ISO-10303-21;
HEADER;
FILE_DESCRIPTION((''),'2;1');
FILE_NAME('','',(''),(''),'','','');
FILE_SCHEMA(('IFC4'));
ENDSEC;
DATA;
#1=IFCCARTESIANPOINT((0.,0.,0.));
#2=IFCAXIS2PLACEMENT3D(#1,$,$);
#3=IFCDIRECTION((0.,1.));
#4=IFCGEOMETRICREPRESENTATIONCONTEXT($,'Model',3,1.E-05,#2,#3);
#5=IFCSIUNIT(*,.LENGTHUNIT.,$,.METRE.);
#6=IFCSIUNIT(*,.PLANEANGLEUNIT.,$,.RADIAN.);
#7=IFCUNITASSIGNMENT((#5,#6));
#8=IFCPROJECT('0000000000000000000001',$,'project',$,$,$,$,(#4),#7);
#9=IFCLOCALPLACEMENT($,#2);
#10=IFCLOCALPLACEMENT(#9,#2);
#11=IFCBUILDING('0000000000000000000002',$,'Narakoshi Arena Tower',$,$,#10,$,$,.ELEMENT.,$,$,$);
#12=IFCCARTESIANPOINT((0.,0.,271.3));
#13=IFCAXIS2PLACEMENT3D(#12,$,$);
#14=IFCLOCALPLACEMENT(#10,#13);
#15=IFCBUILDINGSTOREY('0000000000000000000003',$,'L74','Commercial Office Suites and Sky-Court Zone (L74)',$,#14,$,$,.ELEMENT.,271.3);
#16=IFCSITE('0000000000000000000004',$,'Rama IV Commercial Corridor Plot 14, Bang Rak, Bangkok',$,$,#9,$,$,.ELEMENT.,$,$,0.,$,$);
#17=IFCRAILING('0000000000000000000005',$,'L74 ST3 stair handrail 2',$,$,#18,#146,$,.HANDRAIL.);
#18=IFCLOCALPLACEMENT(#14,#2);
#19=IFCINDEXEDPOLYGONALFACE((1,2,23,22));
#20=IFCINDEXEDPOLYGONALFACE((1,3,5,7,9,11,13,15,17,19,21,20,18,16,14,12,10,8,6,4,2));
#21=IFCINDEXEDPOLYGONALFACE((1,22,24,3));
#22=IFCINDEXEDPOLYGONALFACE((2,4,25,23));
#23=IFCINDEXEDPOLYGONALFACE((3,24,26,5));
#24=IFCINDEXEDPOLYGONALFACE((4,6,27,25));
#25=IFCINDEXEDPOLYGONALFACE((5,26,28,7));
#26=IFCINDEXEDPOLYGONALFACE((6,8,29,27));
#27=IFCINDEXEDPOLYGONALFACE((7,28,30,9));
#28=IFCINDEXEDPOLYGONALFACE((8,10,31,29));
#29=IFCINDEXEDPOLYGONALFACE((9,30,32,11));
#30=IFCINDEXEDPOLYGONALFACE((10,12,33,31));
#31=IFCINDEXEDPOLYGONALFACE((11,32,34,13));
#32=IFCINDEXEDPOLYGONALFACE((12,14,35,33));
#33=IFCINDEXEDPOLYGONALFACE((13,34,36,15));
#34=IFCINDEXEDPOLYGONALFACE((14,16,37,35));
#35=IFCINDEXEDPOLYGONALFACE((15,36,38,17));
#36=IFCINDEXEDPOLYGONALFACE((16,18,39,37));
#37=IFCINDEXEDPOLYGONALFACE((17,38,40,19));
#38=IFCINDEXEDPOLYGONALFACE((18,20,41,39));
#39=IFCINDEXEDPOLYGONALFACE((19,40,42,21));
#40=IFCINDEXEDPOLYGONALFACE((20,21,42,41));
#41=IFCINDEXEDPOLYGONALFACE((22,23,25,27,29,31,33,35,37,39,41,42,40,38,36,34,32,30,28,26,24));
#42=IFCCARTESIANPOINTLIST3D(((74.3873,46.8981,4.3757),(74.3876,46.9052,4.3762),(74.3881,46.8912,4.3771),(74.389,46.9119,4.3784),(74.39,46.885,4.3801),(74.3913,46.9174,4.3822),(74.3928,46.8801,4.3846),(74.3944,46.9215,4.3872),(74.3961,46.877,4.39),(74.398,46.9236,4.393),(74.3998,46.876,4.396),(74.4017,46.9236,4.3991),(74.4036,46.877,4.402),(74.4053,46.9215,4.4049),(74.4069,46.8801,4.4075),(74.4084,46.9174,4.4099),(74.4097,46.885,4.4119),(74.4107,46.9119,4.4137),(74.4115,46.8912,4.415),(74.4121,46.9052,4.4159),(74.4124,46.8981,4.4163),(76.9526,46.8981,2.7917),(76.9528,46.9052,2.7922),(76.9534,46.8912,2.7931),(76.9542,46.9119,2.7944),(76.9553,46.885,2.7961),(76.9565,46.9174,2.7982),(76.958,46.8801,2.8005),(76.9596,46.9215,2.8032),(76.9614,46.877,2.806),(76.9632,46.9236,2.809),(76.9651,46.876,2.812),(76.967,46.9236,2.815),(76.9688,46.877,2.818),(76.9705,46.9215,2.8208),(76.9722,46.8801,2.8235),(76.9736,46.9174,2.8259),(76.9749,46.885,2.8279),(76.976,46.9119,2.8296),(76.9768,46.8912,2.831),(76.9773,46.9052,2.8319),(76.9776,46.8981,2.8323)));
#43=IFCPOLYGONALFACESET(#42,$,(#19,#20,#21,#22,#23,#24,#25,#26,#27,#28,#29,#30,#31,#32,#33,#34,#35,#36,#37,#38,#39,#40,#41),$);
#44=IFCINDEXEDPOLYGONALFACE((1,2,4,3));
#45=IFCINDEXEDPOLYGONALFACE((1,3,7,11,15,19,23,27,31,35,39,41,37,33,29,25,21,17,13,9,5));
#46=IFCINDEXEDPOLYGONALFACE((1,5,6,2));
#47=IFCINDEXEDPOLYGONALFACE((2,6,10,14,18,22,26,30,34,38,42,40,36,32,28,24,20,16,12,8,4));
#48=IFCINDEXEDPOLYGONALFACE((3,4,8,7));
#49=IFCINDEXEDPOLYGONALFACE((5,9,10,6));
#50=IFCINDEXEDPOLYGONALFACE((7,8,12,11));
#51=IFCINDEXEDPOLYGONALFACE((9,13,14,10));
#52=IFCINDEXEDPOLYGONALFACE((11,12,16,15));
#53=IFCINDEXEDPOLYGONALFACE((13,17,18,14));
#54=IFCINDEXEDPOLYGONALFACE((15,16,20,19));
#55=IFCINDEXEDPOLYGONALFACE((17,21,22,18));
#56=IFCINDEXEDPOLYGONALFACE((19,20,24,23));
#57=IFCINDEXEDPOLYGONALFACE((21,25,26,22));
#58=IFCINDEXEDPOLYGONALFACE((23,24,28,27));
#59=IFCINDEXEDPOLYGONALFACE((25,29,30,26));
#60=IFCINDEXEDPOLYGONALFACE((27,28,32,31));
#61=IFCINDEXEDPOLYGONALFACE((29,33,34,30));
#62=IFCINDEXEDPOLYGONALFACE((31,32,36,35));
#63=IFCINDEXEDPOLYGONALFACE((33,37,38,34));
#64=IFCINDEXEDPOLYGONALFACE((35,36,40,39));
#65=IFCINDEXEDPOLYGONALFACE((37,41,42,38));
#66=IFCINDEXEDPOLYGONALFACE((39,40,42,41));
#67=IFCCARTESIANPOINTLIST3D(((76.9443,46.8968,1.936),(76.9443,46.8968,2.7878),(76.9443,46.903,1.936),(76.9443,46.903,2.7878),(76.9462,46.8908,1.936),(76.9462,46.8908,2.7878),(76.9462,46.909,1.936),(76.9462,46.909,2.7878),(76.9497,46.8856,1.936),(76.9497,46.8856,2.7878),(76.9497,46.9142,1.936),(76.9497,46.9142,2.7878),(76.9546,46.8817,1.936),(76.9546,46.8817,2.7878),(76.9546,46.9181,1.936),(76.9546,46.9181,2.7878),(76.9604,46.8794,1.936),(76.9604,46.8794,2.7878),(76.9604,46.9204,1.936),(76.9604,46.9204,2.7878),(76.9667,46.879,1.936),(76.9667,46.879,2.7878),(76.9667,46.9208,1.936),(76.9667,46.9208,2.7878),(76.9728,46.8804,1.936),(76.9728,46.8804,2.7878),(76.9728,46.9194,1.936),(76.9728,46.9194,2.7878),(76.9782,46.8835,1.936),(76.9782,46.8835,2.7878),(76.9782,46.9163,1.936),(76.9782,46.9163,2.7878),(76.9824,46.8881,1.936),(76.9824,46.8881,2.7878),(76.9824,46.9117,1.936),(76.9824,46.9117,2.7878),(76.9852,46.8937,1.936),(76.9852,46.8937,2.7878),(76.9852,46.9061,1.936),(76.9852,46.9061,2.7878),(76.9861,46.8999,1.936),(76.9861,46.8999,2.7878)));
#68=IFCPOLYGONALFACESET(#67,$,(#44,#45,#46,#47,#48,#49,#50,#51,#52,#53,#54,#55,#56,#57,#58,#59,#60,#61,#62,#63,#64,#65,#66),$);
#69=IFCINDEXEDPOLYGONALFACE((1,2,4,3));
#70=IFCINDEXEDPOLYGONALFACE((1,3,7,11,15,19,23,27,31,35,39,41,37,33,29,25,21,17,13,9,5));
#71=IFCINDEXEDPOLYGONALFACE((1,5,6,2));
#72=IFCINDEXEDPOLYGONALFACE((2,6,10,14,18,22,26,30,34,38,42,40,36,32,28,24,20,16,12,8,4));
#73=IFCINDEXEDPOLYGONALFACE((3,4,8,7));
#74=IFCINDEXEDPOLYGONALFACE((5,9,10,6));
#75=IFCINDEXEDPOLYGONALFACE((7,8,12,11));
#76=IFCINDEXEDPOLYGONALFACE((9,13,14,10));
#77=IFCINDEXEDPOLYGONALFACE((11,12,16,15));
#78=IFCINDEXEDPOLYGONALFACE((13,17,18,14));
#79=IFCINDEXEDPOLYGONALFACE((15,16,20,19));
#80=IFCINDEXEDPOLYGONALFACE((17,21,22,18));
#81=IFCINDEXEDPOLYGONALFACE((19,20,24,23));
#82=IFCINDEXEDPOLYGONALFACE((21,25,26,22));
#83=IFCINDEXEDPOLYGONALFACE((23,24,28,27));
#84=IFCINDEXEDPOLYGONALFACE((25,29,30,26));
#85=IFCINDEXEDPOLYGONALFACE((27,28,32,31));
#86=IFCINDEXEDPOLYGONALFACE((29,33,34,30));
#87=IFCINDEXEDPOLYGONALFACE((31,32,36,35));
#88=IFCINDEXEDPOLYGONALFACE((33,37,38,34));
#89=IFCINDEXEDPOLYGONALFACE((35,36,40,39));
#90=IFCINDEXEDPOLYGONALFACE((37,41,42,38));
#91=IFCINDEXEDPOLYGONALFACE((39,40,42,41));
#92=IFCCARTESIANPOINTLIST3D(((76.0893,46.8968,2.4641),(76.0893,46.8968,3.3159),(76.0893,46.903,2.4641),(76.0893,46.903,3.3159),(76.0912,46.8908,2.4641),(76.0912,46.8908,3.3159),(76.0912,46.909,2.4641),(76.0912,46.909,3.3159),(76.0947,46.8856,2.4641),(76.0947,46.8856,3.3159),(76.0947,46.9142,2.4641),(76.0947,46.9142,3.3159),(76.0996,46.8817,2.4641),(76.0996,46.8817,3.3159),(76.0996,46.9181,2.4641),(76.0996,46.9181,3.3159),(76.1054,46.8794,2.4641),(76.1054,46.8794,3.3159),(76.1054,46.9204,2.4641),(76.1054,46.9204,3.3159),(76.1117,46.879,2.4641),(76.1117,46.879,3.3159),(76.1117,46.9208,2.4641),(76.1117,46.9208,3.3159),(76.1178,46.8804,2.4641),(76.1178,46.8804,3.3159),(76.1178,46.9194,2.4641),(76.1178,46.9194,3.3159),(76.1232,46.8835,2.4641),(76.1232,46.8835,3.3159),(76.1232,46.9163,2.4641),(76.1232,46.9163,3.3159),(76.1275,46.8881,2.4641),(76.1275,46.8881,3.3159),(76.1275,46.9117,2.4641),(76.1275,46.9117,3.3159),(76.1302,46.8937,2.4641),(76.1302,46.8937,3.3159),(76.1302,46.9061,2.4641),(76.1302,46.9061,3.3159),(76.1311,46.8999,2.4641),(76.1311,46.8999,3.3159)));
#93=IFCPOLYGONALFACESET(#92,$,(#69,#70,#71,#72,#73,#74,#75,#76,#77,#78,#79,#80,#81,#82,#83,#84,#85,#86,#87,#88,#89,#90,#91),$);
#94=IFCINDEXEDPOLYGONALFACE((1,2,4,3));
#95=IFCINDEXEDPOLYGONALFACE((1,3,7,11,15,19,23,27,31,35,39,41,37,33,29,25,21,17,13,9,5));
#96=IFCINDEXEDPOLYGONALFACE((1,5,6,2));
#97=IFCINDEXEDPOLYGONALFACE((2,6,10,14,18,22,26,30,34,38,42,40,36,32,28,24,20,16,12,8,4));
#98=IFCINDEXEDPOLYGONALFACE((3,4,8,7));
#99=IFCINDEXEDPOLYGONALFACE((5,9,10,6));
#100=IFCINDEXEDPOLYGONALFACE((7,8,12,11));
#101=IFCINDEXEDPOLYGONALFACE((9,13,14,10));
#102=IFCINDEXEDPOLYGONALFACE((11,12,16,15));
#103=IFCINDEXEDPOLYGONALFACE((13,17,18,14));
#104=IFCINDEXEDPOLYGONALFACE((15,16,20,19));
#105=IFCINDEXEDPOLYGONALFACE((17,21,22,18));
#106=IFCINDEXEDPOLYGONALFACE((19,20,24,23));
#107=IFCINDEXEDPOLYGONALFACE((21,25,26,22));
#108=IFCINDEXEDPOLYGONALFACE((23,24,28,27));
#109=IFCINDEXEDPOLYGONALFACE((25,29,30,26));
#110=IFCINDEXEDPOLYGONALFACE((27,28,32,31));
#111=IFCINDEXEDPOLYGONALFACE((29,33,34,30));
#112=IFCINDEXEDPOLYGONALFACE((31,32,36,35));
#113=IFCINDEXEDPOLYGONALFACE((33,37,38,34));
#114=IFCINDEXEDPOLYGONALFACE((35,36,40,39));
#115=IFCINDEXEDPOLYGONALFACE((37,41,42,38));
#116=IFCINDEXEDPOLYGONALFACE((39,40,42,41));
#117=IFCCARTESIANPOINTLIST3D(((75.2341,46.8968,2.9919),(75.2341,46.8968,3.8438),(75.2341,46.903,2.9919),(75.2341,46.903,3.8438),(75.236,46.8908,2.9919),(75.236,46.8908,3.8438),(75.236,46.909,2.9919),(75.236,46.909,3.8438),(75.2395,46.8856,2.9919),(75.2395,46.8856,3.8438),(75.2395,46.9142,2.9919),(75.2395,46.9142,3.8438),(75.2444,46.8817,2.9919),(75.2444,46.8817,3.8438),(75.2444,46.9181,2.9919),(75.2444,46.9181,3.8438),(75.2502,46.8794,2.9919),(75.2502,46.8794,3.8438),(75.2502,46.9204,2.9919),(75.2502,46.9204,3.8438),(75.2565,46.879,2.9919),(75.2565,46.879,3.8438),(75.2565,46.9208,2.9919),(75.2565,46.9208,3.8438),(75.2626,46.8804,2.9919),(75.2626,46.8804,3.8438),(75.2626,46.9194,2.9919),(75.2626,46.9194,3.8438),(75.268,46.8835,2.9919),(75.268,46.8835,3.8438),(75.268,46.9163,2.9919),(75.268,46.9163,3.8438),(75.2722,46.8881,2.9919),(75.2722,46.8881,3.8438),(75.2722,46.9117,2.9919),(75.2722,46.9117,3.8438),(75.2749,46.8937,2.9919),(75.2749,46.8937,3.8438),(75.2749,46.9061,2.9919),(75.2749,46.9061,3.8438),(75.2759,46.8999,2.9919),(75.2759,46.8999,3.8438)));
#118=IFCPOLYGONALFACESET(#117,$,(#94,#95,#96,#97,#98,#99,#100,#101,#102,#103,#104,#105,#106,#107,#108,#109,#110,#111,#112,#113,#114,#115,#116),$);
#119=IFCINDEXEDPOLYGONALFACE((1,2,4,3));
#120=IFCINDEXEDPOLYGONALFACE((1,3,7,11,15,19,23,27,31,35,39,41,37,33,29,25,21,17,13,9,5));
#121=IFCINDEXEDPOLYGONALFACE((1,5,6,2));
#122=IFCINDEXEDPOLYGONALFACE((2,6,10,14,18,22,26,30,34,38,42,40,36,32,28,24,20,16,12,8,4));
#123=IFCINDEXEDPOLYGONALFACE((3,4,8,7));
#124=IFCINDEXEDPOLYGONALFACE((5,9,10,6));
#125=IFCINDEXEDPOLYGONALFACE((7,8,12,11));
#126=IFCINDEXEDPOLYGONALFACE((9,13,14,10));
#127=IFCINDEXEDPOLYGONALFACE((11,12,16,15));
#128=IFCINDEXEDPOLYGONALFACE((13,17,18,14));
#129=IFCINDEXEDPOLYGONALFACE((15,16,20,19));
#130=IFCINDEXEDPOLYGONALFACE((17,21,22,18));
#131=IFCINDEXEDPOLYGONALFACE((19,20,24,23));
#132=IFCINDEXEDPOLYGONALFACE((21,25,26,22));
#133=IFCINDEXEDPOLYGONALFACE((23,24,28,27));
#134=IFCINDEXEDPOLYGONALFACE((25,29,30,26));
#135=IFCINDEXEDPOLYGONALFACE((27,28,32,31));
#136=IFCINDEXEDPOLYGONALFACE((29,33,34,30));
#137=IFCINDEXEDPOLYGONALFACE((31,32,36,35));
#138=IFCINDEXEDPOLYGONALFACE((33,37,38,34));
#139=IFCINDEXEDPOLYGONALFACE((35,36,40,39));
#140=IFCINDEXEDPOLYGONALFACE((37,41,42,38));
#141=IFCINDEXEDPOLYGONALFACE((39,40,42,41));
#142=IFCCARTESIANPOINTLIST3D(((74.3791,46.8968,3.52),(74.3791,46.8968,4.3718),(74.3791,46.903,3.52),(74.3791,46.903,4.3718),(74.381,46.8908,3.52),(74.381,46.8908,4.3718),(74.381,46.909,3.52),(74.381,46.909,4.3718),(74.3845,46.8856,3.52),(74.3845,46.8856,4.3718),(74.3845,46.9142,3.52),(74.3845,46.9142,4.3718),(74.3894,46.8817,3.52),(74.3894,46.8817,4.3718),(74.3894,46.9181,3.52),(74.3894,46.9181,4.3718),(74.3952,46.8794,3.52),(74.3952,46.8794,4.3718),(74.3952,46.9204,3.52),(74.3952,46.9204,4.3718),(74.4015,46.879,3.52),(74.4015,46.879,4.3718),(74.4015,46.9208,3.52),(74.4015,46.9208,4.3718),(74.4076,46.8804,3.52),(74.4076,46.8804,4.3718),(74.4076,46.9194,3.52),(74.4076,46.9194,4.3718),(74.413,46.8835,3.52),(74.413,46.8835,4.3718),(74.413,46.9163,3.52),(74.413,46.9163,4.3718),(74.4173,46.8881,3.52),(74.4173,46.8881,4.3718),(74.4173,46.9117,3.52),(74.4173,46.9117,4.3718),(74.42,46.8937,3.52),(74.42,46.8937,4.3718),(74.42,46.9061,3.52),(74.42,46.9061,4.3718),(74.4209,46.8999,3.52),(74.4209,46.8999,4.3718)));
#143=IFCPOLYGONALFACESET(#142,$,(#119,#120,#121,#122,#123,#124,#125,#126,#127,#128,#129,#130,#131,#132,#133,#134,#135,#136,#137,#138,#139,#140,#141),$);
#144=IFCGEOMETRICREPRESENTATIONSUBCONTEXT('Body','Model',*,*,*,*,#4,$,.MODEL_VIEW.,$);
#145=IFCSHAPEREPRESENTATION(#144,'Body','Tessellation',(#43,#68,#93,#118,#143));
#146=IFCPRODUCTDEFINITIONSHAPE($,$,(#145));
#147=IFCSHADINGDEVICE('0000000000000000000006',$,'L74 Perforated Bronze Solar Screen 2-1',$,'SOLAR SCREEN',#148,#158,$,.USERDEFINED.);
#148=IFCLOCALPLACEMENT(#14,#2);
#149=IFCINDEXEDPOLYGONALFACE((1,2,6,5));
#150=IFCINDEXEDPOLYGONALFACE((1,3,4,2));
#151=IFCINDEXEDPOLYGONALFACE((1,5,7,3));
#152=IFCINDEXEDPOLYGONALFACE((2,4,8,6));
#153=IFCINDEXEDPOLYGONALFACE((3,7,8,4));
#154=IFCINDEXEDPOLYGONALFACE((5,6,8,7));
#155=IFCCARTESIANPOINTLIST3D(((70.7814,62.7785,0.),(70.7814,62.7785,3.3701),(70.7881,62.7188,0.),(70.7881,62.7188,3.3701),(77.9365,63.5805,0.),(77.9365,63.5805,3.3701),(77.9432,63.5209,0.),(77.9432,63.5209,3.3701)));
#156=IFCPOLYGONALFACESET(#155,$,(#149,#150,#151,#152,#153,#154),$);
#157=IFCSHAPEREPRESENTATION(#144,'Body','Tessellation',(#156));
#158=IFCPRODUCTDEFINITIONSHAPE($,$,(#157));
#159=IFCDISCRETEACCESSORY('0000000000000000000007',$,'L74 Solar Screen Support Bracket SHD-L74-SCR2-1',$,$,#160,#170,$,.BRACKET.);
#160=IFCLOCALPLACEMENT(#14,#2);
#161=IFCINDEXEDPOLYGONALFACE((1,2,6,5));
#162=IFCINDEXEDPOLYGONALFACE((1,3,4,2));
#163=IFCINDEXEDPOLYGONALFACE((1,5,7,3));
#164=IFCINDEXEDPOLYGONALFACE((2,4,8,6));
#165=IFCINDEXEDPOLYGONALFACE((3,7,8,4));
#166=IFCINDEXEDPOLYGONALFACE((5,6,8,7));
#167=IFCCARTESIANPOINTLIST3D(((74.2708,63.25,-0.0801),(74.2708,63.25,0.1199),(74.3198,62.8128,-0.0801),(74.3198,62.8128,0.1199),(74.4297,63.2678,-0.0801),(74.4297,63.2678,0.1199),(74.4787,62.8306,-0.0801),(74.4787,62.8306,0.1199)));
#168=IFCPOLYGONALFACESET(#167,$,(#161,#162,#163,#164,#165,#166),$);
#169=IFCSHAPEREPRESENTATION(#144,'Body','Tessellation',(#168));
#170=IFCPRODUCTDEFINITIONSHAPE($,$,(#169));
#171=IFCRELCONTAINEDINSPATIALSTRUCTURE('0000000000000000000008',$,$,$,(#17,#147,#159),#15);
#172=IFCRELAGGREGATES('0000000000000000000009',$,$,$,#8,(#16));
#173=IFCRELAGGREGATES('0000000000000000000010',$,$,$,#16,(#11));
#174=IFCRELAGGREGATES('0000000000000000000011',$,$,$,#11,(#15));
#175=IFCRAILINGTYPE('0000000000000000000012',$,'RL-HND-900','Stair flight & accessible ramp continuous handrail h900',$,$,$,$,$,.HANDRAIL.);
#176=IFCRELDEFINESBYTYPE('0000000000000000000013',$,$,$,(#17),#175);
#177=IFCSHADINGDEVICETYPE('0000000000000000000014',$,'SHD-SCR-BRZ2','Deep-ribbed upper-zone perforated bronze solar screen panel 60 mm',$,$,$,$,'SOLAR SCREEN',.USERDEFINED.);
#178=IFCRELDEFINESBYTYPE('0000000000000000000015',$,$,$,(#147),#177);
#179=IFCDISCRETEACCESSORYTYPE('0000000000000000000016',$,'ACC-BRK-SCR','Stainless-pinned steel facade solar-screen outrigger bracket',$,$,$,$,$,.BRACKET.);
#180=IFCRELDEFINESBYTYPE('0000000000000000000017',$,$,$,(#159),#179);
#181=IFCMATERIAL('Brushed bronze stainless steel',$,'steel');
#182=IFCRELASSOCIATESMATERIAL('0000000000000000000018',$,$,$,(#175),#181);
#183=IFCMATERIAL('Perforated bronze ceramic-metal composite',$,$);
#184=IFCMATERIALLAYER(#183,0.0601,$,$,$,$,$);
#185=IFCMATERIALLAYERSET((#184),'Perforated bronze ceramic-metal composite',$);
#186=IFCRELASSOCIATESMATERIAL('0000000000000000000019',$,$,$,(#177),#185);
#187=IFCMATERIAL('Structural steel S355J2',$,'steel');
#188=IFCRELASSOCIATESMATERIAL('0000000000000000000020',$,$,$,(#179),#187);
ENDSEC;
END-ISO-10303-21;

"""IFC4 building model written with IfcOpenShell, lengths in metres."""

from ifc_helpers import new_model, si_unit, direction, frame, origin, origin_2d, place, context, subcontext, project, spatial, rectangle, circle, extrude, material, layer, layer_set, type_object, element, save


model = new_model("IFC4")

# Units and contexts
model_context = context("Model", 3, precision=1e-05, world=origin(), true_north=direction((0.0, 1.0)))
body_context = subcontext(model_context, "Body", "Model", "MODEL_VIEW")
ifc_project = project(units=[si_unit("LENGTHUNIT", "METRE"), si_unit("PLANEANGLEUNIT", "RADIAN")], contexts=[model_context])

# Site, building, storey
site_placement = place(None, origin())
site = spatial("IfcSite", under=ifc_project, at=site_placement, Name="Rama IV Commercial Corridor Plot 14, Bang Rak, Bangkok", CompositionType="ELEMENT", RefElevation=0.0)
building_placement = place(site_placement, origin())
building = spatial("IfcBuilding", under=site, at=building_placement, Name="Narakoshi Arena Tower", CompositionType="ELEMENT")
storey_placement = place(building_placement, frame((0.0, 0.0, 271.3)))
storey = spatial("IfcBuildingStorey", under=building, at=storey_placement, Name="L74", Description="Commercial Office Suites and Sky-Court Zone (L74)", CompositionType="ELEMENT", Elevation=271.3)

# Shared definitions
ifc_material_1 = material(Name="Structural steel S355J2", Category="steel")

# Shared definitions
ifc_material_2 = material(Name="Brushed bronze stainless steel", Category="steel")

# Railing
railing_type = type_object("IfcRailingType", Name="RL-HND-900", Description="Stair flight & accessible ramp continuous handrail h900", PredefinedType="HANDRAIL", material=ifc_material_2)
railing_placement = place(storey_placement, frame((76.9651, 46.8999, 1.936)))
element("IfcRailing", 1, at=railing_placement, inside=storey, type_object=railing_type, Name="L74 ST3 stair handrail 2", PredefinedType="HANDRAIL", context=body_context, shape_type="SweptSolid", body=[
    extrude(circle(Radius=0.0239, at=origin_2d()), frame((0.0, 0.0, 0.876), z_axis=(-0.850857, 0.0, 0.525398), x_axis=(0.0, -1.0, 0.0)), (0.0, 0.0, 1.0), 3.0149),
    extrude(circle(Radius=0.021, at=origin_2d()), origin(), (0.0, 0.0, 1.0), 0.8518),
    extrude(circle(Radius=0.021, at=origin_2d()), frame((-0.855, 0.0, 0.5281)), (0.0, 0.0, 1.0), 0.8518),
    extrude(circle(Radius=0.021, at=origin_2d()), frame((-1.7102, 0.0, 1.0559)), (0.0, 0.0, 1.0), 0.8518),
    extrude(circle(Radius=0.021, at=origin_2d()), frame((-2.5652, 0.0, 1.584)), (0.0, 0.0, 1.0), 0.8518),
])

# Shading device
ifc_material_3 = material(Name="Perforated bronze ceramic-metal composite")
ifc_layer_1 = layer(ifc_material_3, 0.0601)
ifc_layer_set_1 = layer_set([ifc_layer_1], Name="Perforated bronze ceramic-metal composite")
shading_device_type = type_object("IfcShadingDeviceType", Name="SHD-SCR-BRZ2", Description="Deep-ribbed upper-zone perforated bronze solar screen panel 60 mm", ElementType="SOLAR SCREEN", PredefinedType="USERDEFINED", material=ifc_layer_set_1)
shading_device_placement = place(storey_placement, frame((74.3623, 63.1497, 0.0), z_axis=(0.0, 0.0, 1.0), x_axis=(-0.993776, -0.1114, 0.0)))
element("IfcShadingDevice", 2, at=shading_device_placement, inside=storey, type_object=shading_device_type, Name="L74 Perforated Bronze Solar Screen 2-1", ObjectType="SOLAR SCREEN", PredefinedType="USERDEFINED", context=body_context, shape_type="SweptSolid", body=[
    extrude(rectangle(XDim=7.2, YDim=0.0601, at=origin_2d()), origin(), (0.0, 0.0, 1.0), 3.3701),
])

# Discrete accessory
discrete_accessory_type = type_object("IfcDiscreteAccessoryType", Name="ACC-BRK-SCR", Description="Stainless-pinned steel facade solar-screen outrigger bracket", PredefinedType="BRACKET", material=ifc_material_1)
discrete_accessory_placement = place(storey_placement, frame((74.3748, 63.0403, -0.0801), z_axis=(0.0, 0.0, 1.0), x_axis=(-0.993776, -0.1114, 0.0)))
element("IfcDiscreteAccessory", 3, at=discrete_accessory_placement, inside=storey, type_object=discrete_accessory_type, Name="L74 Solar Screen Support Bracket SHD-L74-SCR2-1", PredefinedType="BRACKET", context=body_context, shape_type="SweptSolid", body=[
    extrude(rectangle(XDim=0.1599, YDim=0.4399, at=origin_2d()), origin(), (0.0, 0.0, 1.0), 0.2),
])

save(model, "model.ifc")
